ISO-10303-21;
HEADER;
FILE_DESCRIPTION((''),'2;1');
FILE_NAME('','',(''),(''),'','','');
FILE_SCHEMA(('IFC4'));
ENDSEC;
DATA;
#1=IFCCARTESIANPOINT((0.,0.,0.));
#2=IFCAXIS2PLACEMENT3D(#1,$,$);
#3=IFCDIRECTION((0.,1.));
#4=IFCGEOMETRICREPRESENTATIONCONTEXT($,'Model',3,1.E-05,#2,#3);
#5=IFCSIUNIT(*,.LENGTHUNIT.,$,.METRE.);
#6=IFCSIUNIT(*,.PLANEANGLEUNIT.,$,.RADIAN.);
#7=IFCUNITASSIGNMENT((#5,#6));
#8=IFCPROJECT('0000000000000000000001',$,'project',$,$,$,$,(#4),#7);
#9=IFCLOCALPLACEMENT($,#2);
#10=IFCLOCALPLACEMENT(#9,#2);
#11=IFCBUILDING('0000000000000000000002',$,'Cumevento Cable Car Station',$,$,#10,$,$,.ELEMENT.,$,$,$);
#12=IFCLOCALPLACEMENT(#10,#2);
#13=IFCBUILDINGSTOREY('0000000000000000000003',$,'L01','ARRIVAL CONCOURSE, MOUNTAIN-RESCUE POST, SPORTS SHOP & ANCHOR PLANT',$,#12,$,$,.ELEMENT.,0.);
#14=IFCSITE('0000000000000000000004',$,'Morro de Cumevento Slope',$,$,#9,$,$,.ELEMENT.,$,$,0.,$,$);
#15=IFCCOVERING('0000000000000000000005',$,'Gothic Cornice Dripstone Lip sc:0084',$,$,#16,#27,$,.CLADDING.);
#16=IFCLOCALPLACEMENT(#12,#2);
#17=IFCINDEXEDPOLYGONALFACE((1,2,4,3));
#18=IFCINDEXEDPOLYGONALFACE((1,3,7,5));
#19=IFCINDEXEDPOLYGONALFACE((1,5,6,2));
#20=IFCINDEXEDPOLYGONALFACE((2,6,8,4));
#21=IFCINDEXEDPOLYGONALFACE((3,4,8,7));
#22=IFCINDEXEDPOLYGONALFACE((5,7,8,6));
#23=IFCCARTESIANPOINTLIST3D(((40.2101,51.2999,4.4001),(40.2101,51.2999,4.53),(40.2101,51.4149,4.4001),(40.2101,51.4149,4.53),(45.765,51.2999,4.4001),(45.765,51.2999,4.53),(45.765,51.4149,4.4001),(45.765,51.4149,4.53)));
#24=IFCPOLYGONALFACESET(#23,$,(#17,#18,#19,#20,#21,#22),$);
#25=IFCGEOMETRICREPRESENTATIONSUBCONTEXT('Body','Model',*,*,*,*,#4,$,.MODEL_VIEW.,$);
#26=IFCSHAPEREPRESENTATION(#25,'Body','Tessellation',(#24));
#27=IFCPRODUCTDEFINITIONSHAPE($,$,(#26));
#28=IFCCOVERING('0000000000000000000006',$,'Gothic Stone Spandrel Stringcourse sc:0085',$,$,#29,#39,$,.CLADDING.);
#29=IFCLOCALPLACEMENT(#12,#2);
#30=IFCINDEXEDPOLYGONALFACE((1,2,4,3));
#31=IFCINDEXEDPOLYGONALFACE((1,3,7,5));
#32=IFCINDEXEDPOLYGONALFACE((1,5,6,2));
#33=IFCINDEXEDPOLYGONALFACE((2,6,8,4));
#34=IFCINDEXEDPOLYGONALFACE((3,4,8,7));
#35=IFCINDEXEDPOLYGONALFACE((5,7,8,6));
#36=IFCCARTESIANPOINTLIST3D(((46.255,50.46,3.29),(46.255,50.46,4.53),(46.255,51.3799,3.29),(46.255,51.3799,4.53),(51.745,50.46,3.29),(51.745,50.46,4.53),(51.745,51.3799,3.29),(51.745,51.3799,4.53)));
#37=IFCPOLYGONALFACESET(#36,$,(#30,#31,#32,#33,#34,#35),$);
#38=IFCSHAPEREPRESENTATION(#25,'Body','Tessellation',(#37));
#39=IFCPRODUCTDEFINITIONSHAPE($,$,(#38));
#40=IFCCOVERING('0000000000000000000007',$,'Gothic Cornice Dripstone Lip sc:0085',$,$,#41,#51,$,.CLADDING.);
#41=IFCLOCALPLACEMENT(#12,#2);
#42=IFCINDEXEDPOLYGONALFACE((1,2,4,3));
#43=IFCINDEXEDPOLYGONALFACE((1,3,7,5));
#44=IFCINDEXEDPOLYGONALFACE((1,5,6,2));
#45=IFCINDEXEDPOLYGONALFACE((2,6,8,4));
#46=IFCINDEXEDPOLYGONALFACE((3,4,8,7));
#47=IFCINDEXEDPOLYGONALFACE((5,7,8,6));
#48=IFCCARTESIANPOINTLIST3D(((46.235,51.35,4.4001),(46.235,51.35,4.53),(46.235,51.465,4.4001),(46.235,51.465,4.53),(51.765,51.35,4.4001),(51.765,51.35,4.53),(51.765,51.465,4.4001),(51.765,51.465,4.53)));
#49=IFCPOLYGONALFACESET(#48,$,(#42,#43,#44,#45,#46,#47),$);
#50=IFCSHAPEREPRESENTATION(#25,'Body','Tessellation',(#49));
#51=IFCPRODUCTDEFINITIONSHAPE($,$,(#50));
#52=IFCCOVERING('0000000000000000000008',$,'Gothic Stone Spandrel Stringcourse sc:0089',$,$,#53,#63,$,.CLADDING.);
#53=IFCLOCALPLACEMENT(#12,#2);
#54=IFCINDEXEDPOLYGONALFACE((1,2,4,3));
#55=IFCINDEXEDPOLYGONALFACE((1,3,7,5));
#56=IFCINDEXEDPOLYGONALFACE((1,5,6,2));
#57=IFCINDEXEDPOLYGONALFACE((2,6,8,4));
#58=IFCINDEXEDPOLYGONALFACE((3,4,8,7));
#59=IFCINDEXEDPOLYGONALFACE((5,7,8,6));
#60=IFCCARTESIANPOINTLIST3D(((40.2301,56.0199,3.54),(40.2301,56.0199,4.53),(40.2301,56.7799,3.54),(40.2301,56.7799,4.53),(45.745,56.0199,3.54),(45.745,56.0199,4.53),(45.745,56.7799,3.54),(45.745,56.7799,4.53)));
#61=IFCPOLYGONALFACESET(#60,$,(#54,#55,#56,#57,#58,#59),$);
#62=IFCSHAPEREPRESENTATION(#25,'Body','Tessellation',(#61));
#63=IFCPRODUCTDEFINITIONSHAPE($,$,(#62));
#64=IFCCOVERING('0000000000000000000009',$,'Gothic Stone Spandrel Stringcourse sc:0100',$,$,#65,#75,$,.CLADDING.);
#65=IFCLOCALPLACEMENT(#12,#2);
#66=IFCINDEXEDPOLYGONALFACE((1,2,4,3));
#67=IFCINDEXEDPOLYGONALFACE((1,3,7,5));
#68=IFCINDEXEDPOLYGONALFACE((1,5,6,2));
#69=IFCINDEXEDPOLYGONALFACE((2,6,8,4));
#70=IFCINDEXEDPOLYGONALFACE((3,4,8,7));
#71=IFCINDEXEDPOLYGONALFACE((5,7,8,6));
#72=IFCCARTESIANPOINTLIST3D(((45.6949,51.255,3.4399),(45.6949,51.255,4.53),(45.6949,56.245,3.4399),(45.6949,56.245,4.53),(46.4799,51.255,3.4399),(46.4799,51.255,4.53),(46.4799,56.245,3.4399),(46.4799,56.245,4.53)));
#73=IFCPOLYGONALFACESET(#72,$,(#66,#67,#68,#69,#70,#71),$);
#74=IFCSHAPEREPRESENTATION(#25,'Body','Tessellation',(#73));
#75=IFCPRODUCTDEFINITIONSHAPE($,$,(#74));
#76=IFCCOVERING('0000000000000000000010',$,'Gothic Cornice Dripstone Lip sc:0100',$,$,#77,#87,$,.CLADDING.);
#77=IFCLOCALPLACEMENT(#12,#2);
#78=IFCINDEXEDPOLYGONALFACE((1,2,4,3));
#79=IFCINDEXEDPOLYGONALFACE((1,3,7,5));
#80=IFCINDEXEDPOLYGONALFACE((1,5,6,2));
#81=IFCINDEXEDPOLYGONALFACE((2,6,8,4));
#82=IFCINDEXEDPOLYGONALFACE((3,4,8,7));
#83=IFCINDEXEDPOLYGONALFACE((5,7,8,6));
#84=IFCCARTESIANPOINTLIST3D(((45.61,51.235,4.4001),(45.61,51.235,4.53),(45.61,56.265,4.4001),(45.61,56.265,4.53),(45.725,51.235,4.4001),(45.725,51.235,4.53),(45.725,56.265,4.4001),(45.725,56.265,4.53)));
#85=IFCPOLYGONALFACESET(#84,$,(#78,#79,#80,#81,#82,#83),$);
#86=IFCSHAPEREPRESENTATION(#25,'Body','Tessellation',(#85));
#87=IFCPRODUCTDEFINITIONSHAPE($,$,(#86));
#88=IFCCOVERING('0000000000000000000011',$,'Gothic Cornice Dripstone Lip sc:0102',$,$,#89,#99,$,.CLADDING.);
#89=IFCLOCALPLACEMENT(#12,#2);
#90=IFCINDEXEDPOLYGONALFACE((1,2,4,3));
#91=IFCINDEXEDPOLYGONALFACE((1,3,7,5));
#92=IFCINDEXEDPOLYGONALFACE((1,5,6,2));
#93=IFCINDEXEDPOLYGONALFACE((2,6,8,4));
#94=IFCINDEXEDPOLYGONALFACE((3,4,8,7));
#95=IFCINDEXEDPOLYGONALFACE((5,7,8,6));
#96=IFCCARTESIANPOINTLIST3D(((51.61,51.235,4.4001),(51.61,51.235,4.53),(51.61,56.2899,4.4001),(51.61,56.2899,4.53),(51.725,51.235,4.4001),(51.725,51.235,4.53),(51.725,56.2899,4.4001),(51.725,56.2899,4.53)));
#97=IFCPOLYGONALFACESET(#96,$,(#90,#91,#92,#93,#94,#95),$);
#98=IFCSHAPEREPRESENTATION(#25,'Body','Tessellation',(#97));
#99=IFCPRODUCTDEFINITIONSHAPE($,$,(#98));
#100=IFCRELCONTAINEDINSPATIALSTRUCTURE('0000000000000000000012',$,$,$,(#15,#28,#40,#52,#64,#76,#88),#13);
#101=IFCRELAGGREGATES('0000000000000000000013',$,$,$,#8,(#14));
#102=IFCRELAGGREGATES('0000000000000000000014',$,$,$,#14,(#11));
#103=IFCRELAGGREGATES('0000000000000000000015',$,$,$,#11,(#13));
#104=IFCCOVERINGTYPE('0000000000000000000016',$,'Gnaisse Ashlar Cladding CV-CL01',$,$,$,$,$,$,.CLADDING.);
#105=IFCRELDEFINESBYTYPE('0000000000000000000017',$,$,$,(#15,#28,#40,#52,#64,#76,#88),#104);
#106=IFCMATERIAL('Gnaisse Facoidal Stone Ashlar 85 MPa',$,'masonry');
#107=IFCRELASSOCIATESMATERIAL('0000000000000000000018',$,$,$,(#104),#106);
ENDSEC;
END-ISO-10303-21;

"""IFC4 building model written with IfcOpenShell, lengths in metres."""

from ifc_helpers import new_model, si_unit, direction, frame, origin, origin_2d, place, context, subcontext, project, spatial, rectangle, extrude, material, type_object, element, save


model = new_model("IFC4")

# Units and contexts
model_context = context("Model", 3, precision=1e-05, world=origin(), true_north=direction((0.0, 1.0)))
body_context = subcontext(model_context, "Body", "Model", "MODEL_VIEW")
ifc_project = project(units=[si_unit("LENGTHUNIT", "METRE"), si_unit("PLANEANGLEUNIT", "RADIAN")], contexts=[model_context])

# Site, building, storey
site_placement = place(None, origin())
site = spatial("IfcSite", under=ifc_project, at=site_placement, Name="Morro de Cumevento Slope", CompositionType="ELEMENT", RefElevation=0.0)
building_placement = place(site_placement, origin())
building = spatial("IfcBuilding", under=site, at=building_placement, Name="Cumevento Cable Car Station", CompositionType="ELEMENT")
storey_placement = place(building_placement, origin())
storey = spatial("IfcBuildingStorey", under=building, at=storey_placement, Name="L01", Description="ARRIVAL CONCOURSE, MOUNTAIN-RESCUE POST, SPORTS SHOP & ANCHOR PLANT", CompositionType="ELEMENT", Elevation=0.0)

# Coverings
ifc_material_1 = material(Name="Gnaisse Facoidal Stone Ashlar 85 MPa", Category="masonry")
covering_type = type_object("IfcCoveringType", Name="Gnaisse Ashlar Cladding CV-CL01", PredefinedType="CLADDING", material=ifc_material_1)
covering_1_placement = place(storey_placement, frame((42.9875, 51.3574, 4.4001), z_axis=(0.0, 0.0, 1.0), x_axis=(1.0, 0.0, 0.0)))
element("IfcCovering", 1, at=covering_1_placement, inside=storey, type_object=covering_type, Name="Gothic Cornice Dripstone Lip sc:0084", PredefinedType="CLADDING", context=body_context, shape_type="SweptSolid", body=[
    extrude(rectangle(XDim=5.5549, YDim=0.115, at=origin_2d()), origin(), (0.0, 0.0, 1.0), 0.1299),
])
covering_2_placement = place(storey_placement, frame((49.0, 50.9199, 3.29), z_axis=(0.0, 0.0, 1.0), x_axis=(1.0, 0.0, 0.0)))
element("IfcCovering", 2, at=covering_2_placement, inside=storey, type_object=covering_type, Name="Gothic Stone Spandrel Stringcourse sc:0085", PredefinedType="CLADDING", context=body_context, shape_type="SweptSolid", body=[
    extrude(rectangle(XDim=5.49, YDim=0.9199, at=origin_2d()), origin(), (0.0, 0.0, 1.0), 1.24),
])
covering_3_placement = place(storey_placement, frame((49.0, 51.4075, 4.4001), z_axis=(0.0, 0.0, 1.0), x_axis=(1.0, 0.0, 0.0)))
element("IfcCovering", 3, at=covering_3_placement, inside=storey, type_object=covering_type, Name="Gothic Cornice Dripstone Lip sc:0085", PredefinedType="CLADDING", context=body_context, shape_type="SweptSolid", body=[
    extrude(rectangle(XDim=5.53, YDim=0.115, at=origin_2d()), origin(), (0.0, 0.0, 1.0), 0.1299),
])
covering_4_placement = place(storey_placement, frame((42.9875, 56.3999, 3.54), z_axis=(0.0, 0.0, 1.0), x_axis=(1.0, 0.0, 0.0)))
element("IfcCovering", 4, at=covering_4_placement, inside=storey, type_object=covering_type, Name="Gothic Stone Spandrel Stringcourse sc:0089", PredefinedType="CLADDING", context=body_context, shape_type="SweptSolid", body=[
    extrude(rectangle(XDim=5.5149, YDim=0.76, at=origin_2d()), origin(), (0.0, 0.0, 1.0), 0.99),
])
covering_5_placement = place(storey_placement, frame((46.0874, 53.75, 3.4399), z_axis=(0.0, 0.0, 1.0), x_axis=(0.0, 1.0, 0.0)))
element("IfcCovering", 5, at=covering_5_placement, inside=storey, type_object=covering_type, Name="Gothic Stone Spandrel Stringcourse sc:0100", PredefinedType="CLADDING", context=body_context, shape_type="SweptSolid", body=[
    extrude(rectangle(XDim=4.99, YDim=0.7849, at=origin_2d()), origin(), (0.0, 0.0, 1.0), 1.0901),
])
covering_6_placement = place(storey_placement, frame((45.6675, 53.75, 4.4001), z_axis=(0.0, 0.0, 1.0), x_axis=(0.0, 1.0, 0.0)))
element("IfcCovering", 6, at=covering_6_placement, inside=storey, type_object=covering_type, Name="Gothic Cornice Dripstone Lip sc:0100", PredefinedType="CLADDING", context=body_context, shape_type="SweptSolid", body=[
    extrude(rectangle(XDim=5.03, YDim=0.115, at=origin_2d()), origin(), (0.0, 0.0, 1.0), 0.1299),
])
covering_7_placement = place(storey_placement, frame((51.6675, 53.7625, 4.4001), z_axis=(0.0, 0.0, 1.0), x_axis=(0.0, 1.0, 0.0)))
element("IfcCovering", 7, at=covering_7_placement, inside=storey, type_object=covering_type, Name="Gothic Cornice Dripstone Lip sc:0102", PredefinedType="CLADDING", context=body_context, shape_type="SweptSolid", body=[
    extrude(rectangle(XDim=5.0549, YDim=0.115, at=origin_2d()), origin(), (0.0, 0.0, 1.0), 0.1299),
])

save(model, "model.ifc")
